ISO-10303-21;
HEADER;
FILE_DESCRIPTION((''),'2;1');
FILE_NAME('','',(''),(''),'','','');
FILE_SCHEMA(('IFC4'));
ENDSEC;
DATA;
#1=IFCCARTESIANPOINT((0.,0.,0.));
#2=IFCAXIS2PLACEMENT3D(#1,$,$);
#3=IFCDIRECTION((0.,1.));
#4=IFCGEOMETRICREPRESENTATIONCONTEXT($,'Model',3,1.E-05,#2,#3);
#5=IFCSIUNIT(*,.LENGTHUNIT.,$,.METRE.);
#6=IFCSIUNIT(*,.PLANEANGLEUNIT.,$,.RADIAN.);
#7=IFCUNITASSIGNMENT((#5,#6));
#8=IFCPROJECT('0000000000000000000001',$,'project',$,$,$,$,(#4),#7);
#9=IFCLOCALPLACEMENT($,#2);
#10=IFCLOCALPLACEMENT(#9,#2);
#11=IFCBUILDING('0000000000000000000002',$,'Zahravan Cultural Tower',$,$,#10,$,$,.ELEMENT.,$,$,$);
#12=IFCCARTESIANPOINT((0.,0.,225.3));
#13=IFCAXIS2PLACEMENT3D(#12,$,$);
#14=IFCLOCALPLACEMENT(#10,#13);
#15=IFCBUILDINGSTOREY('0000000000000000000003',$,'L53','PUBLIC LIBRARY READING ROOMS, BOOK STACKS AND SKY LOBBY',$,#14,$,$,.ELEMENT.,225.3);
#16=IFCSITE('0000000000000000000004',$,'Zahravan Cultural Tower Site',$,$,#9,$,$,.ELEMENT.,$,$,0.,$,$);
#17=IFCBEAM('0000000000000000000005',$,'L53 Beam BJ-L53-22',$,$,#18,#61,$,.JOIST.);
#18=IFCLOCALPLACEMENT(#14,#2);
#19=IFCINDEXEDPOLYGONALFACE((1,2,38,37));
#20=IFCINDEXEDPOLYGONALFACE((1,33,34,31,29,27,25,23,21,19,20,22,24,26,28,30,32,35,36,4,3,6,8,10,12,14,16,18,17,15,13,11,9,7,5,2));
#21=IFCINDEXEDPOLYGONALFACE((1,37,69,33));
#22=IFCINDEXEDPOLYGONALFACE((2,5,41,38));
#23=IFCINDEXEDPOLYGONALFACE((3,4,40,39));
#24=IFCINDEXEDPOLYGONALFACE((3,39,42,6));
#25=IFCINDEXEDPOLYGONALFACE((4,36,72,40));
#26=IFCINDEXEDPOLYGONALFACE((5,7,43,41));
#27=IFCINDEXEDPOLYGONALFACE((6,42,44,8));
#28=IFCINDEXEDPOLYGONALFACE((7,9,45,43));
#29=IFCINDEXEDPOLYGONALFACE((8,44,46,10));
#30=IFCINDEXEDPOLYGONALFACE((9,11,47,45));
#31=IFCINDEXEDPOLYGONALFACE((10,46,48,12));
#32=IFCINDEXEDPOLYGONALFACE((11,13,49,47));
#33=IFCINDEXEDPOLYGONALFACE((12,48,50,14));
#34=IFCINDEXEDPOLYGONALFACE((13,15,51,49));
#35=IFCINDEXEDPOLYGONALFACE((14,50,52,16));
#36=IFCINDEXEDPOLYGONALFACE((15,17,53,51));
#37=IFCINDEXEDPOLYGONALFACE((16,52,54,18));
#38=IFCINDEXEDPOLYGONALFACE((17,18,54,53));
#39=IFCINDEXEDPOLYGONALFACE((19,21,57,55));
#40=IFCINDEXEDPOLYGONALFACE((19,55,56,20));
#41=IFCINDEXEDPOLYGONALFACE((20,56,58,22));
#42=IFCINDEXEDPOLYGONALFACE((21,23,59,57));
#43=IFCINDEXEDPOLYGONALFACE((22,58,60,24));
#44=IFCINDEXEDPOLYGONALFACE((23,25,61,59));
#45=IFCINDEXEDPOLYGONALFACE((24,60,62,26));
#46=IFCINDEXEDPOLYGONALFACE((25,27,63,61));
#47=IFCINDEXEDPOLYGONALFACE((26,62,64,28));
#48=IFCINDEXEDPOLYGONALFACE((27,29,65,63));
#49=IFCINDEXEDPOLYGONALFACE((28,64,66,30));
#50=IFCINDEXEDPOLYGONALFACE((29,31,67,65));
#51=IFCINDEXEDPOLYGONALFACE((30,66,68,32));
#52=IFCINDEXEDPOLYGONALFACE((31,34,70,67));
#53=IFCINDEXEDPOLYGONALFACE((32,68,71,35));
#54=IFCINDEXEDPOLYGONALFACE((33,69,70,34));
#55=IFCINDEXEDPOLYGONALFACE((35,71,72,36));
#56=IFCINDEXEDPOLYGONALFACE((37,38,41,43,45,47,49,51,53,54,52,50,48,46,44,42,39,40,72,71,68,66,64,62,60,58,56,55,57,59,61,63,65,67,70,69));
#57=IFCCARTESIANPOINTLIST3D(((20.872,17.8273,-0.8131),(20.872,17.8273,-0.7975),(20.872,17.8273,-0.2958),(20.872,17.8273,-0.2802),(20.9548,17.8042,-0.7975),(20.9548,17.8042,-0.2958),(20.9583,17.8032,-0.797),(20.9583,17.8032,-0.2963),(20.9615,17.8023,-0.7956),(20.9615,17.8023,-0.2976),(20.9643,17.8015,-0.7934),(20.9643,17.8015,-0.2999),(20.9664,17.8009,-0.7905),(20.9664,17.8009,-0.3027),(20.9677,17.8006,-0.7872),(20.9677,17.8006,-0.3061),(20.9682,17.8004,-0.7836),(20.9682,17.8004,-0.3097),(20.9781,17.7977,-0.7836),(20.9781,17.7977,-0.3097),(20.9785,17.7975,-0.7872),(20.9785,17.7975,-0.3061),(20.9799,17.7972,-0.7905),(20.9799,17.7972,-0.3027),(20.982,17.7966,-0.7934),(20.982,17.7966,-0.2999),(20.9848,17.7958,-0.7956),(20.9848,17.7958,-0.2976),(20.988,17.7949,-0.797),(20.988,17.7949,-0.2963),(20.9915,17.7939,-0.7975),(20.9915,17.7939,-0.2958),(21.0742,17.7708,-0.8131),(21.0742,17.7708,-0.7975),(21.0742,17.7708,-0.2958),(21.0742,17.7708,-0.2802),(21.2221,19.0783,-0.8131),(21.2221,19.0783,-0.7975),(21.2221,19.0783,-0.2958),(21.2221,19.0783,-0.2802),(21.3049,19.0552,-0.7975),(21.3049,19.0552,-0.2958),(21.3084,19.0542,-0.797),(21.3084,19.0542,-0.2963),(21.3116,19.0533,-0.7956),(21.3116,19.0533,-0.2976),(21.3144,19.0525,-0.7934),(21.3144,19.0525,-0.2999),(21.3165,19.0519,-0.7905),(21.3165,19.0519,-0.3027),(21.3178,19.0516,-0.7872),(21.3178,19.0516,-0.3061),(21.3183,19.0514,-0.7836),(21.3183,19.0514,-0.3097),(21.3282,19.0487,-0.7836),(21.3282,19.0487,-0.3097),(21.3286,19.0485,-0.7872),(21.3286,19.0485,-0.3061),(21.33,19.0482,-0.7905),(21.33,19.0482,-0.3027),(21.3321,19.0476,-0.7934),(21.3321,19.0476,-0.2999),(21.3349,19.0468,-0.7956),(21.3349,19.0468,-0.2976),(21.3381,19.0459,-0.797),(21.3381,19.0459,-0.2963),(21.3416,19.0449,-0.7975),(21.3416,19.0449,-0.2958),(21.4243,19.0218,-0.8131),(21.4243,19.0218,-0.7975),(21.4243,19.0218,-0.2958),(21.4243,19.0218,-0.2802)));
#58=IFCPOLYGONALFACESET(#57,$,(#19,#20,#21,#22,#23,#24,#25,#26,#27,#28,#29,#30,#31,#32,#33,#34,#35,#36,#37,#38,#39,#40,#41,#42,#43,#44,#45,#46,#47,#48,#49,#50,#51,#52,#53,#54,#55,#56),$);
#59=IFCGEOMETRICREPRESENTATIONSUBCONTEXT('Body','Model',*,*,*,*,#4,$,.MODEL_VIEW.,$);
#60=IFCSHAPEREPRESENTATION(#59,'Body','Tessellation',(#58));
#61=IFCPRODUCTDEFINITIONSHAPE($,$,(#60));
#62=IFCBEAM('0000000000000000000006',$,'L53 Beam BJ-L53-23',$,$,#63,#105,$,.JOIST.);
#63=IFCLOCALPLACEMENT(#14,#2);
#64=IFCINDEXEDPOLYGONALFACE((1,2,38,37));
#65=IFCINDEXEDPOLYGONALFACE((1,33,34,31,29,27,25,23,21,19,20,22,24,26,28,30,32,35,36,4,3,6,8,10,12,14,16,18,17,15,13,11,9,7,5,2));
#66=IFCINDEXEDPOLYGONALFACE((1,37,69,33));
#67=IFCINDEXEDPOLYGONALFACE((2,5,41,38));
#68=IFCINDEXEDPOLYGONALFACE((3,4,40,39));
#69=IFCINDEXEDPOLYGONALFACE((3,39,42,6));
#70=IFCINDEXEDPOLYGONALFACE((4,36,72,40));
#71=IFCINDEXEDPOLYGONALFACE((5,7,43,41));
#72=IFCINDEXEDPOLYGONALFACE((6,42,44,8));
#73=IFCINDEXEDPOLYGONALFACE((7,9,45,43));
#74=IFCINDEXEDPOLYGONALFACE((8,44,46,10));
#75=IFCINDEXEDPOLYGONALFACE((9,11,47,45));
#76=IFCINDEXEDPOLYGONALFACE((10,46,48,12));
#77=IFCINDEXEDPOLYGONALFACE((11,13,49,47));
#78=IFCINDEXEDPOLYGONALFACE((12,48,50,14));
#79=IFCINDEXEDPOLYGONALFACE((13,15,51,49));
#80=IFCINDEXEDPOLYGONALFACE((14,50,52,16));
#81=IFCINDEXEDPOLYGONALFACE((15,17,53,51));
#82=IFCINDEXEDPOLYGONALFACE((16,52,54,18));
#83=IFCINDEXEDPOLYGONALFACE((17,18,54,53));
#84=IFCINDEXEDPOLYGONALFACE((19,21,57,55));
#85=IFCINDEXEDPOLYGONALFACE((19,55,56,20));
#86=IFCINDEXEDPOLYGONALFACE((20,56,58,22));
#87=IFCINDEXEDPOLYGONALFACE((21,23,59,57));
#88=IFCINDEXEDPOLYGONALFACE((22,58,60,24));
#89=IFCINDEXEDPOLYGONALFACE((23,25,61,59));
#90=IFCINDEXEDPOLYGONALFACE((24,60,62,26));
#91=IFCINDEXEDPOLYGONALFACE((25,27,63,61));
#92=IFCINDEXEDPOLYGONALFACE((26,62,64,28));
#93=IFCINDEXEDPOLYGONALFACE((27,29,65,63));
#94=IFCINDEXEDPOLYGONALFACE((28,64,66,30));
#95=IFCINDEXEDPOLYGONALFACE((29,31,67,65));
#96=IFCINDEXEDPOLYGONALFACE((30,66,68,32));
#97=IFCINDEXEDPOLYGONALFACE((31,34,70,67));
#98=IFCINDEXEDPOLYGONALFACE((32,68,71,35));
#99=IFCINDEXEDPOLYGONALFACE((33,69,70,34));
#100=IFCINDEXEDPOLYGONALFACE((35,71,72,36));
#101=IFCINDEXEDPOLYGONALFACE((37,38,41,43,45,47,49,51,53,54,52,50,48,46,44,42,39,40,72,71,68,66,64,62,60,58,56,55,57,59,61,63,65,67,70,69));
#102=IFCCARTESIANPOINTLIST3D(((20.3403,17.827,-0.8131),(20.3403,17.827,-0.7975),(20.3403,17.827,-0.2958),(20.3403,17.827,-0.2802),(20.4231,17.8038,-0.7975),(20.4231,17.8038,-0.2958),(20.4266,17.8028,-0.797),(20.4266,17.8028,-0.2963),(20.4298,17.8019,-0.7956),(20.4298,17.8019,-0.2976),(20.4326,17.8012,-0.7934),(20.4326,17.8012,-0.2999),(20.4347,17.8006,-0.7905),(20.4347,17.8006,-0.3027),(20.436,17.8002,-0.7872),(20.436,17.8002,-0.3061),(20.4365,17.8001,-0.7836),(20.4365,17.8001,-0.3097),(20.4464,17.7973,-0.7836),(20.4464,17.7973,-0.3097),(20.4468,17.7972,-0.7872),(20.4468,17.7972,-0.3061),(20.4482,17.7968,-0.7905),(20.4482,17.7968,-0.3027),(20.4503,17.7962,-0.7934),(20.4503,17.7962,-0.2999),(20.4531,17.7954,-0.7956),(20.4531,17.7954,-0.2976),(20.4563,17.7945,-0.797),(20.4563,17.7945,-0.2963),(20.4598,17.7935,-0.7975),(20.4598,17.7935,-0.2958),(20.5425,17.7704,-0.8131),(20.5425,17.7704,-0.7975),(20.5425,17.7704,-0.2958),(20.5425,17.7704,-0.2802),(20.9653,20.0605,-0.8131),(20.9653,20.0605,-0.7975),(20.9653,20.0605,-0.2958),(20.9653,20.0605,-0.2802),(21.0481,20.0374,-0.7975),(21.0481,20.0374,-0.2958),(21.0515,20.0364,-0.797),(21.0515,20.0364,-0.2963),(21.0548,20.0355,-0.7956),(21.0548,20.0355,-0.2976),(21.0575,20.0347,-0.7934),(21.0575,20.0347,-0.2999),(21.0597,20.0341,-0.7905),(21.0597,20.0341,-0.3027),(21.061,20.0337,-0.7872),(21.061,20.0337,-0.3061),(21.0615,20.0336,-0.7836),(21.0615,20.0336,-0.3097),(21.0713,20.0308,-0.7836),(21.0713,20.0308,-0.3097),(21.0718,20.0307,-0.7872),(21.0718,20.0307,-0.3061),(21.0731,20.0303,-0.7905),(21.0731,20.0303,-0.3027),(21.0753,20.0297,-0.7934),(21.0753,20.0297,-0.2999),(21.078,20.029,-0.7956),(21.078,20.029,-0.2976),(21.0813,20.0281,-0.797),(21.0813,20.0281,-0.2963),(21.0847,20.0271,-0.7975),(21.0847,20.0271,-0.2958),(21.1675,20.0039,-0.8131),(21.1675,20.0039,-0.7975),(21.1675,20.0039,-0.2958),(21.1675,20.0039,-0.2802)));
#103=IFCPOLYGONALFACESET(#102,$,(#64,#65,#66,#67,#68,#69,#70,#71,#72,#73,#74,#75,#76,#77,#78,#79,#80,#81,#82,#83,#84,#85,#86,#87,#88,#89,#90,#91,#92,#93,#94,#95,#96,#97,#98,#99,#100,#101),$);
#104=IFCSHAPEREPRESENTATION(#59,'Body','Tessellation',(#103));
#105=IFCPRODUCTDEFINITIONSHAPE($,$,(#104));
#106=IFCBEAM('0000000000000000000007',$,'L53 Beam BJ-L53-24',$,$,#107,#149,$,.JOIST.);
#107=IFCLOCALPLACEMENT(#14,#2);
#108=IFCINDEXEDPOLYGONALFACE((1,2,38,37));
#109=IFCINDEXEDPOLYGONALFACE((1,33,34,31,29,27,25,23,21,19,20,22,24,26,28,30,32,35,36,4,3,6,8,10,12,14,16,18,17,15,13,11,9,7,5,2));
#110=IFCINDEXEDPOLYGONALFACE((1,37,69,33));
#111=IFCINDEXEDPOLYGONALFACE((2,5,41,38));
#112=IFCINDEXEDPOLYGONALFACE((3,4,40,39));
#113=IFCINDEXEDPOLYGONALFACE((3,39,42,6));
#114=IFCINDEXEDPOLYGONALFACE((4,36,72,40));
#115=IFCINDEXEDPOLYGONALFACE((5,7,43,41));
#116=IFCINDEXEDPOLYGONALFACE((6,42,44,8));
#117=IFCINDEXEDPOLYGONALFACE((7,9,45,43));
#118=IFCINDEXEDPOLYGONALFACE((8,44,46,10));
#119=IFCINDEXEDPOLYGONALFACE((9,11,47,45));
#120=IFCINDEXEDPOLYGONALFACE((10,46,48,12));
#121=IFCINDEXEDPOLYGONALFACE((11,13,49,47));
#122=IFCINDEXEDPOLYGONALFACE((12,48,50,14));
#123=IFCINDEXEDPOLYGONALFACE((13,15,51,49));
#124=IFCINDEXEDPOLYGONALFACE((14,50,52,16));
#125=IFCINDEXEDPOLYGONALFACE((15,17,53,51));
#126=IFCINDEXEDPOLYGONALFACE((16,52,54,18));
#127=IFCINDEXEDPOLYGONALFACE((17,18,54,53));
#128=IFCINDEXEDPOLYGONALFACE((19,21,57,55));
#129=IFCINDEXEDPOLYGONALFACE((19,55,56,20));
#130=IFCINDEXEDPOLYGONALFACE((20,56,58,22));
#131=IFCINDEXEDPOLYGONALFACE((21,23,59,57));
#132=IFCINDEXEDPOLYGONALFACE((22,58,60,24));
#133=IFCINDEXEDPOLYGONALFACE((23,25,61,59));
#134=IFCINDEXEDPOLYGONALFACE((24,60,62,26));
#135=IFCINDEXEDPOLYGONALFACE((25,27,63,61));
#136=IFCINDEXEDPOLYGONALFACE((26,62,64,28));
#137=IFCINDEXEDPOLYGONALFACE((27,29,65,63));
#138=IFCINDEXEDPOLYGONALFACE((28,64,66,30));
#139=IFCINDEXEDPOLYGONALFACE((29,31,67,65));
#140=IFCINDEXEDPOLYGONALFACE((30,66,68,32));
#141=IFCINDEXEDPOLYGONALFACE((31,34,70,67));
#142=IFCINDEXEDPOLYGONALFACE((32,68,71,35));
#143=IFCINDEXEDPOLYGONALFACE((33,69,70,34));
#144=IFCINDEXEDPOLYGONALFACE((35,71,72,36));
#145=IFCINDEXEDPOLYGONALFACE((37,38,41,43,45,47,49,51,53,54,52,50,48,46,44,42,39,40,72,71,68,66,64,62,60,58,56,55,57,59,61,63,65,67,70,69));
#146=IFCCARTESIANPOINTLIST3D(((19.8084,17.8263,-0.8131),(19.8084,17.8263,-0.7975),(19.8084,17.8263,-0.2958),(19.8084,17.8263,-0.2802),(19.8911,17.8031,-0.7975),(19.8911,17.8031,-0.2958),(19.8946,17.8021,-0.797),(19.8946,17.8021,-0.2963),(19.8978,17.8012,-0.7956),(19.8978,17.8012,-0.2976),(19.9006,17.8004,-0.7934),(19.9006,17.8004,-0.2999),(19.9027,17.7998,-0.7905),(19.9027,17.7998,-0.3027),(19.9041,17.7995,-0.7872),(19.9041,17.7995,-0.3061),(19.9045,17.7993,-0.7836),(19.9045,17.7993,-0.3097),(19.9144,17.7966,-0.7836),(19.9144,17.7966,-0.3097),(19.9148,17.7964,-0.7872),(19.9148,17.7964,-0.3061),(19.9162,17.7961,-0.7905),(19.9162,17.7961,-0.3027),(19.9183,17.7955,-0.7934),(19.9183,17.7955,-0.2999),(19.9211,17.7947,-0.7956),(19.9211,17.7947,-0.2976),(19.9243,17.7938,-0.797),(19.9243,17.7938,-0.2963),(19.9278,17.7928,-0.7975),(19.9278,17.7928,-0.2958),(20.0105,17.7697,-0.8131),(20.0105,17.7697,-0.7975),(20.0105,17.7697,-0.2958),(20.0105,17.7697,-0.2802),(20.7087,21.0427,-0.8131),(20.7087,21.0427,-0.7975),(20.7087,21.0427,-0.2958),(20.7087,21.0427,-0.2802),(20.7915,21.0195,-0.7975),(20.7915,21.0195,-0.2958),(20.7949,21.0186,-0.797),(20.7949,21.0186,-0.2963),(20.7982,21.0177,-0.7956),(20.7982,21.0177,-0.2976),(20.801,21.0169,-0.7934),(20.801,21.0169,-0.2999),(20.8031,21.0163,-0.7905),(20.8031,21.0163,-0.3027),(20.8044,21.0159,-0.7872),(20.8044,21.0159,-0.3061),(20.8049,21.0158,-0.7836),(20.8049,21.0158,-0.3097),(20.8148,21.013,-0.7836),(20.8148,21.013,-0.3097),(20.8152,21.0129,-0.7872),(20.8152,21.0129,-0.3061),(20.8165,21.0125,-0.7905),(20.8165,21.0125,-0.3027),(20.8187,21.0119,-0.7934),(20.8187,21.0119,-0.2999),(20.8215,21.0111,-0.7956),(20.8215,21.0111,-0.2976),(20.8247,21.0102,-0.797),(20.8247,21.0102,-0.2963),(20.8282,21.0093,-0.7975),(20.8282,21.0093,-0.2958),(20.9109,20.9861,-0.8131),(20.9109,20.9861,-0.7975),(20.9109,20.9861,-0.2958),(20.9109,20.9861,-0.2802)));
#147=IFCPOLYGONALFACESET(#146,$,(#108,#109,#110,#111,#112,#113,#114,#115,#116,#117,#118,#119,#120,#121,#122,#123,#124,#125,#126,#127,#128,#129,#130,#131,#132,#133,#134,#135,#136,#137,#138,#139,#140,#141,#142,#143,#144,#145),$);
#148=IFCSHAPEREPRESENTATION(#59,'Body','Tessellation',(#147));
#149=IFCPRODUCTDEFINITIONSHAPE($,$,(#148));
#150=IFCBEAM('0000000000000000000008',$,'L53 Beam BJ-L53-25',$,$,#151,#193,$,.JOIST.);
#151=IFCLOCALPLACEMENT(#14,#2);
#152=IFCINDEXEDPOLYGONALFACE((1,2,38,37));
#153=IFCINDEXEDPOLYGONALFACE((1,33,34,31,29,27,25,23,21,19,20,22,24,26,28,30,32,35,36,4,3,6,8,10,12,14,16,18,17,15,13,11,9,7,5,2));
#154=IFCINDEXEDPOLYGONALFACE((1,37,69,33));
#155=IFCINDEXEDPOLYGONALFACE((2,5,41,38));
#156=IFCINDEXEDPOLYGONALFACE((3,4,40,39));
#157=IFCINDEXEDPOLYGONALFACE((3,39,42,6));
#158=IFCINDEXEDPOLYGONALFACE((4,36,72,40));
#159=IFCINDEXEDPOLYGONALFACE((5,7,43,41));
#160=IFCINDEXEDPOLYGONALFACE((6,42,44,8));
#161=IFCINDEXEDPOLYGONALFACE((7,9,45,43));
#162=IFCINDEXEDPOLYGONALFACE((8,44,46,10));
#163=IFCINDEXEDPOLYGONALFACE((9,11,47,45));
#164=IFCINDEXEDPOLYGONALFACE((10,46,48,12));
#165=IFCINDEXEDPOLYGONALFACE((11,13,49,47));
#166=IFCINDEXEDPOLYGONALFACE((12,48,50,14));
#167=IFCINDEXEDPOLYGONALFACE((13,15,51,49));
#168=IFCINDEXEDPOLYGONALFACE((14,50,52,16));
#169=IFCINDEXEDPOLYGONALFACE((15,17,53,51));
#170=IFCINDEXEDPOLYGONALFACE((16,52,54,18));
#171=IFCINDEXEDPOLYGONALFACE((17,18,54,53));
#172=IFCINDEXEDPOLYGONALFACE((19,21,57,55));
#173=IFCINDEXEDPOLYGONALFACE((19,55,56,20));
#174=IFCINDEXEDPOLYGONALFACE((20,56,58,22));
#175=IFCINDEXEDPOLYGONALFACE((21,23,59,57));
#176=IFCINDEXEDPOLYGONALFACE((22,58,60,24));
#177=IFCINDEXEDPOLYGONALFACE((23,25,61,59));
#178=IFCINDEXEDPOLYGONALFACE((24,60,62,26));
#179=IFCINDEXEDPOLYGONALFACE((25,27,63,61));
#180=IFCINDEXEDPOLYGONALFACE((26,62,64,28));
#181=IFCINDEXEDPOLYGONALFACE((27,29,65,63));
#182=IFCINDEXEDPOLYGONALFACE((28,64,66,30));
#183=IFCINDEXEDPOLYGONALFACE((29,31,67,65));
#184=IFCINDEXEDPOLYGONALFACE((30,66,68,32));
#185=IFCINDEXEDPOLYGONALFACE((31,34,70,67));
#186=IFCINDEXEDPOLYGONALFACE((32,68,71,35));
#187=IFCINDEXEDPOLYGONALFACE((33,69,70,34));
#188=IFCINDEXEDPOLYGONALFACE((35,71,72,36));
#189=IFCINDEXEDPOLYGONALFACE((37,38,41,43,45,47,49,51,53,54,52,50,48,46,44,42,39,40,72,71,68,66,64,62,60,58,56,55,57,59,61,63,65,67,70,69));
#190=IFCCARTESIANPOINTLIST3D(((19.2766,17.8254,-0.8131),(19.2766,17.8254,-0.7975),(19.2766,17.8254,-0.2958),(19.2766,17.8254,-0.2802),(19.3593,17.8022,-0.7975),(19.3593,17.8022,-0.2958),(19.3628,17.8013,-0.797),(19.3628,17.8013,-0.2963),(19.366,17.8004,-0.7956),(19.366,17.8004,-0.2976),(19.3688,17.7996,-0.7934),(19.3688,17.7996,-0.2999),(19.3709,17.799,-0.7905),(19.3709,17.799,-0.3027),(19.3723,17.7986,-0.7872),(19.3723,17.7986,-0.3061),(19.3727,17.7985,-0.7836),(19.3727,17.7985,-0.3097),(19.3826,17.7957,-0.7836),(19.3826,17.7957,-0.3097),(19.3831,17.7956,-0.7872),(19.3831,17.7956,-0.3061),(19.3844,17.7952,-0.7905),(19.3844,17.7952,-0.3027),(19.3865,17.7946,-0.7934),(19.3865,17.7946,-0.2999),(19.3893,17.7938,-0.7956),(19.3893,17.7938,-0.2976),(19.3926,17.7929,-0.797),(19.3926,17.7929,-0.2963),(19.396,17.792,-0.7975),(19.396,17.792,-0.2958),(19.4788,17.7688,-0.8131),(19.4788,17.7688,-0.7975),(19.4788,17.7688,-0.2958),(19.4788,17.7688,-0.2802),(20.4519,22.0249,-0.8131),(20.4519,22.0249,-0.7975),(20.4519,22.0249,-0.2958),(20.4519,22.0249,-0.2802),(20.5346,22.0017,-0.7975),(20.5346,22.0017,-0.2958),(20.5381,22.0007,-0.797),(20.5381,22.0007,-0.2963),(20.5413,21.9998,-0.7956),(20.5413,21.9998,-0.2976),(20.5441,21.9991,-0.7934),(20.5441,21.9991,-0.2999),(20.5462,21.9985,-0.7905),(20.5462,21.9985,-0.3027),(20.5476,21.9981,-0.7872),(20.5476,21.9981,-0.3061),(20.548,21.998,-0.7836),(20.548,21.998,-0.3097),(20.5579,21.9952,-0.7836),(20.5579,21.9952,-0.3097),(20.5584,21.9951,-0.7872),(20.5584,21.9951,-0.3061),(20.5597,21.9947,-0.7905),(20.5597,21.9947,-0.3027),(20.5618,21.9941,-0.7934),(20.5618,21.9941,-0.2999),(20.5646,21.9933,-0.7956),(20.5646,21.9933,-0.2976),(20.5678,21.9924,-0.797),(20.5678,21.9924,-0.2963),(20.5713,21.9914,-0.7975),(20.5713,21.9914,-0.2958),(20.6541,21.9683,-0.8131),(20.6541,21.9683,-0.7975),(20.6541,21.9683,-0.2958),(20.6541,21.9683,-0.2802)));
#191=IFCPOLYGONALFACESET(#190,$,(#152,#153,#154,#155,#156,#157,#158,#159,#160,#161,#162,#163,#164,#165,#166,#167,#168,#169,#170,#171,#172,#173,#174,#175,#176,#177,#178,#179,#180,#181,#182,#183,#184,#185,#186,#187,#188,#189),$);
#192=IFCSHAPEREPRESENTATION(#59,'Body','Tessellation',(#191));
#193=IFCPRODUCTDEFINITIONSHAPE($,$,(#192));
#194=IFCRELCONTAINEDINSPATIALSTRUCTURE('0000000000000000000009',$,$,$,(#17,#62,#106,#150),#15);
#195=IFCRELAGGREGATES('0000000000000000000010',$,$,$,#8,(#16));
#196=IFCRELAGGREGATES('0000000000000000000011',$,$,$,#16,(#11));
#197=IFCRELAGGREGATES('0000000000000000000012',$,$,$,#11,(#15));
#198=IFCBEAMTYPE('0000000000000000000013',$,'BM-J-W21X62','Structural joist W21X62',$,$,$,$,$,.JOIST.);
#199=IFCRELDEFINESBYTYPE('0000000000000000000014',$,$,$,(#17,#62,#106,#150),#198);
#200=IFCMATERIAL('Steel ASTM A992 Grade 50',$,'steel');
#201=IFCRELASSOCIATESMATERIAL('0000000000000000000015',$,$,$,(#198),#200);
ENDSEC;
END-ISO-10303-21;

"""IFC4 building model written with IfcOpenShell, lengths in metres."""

from ifc_helpers import new_model, si_unit, direction, frame, origin, origin_2d, place, context, subcontext, project, spatial, i_section, extrude, source, transform, mapped, material, material_profile, profile_set, type_object, element, save


model = new_model("IFC4")

# Units and contexts
model_context = context("Model", 3, precision=1e-05, world=origin(), true_north=direction((0.0, 1.0)))
body_context = subcontext(model_context, "Body", "Model", "MODEL_VIEW")
ifc_project = project(units=[si_unit("LENGTHUNIT", "METRE"), si_unit("PLANEANGLEUNIT", "RADIAN")], contexts=[model_context])

# Site, building, storey
site_placement = place(None, origin())
site = spatial("IfcSite", under=ifc_project, at=site_placement, Name="Zahravan Cultural Tower Site", CompositionType="ELEMENT", RefElevation=0.0)
building_placement = place(site_placement, origin())
building = spatial("IfcBuilding", under=site, at=building_placement, Name="Zahravan Cultural Tower", CompositionType="ELEMENT")
storey_placement = place(building_placement, frame((0.0, 0.0, 225.3)))
storey = spatial("IfcBuildingStorey", under=building, at=storey_placement, Name="L53", Description="PUBLIC LIBRARY READING ROOMS, BOOK STACKS AND SKY LOBBY", CompositionType="ELEMENT", Elevation=225.3)

# Beams
ifc_material_1 = material(Name="Steel ASTM A992 Grade 50", Category="steel")
ifc_material_profile_1 = material_profile(ifc_material_1, i_section(OverallWidth=0.21, OverallDepth=0.533, WebThickness=0.0103, FlangeThickness=0.0156, FilletRadius=0.0139, at=origin_2d()), Name="W21X62")
ifc_profile_set_1 = profile_set([ifc_material_profile_1], Name="Steel ASTM A992 Grade 50")
beam_type_1 = type_object("IfcBeamType", Name="BM-J-W21X62", Description="Structural joist W21X62", PredefinedType="JOIST", material=ifc_profile_set_1)
shared_shape_1 = source(origin(), body_context, "Body", "SweptSolid", [
    extrude(i_section(OverallWidth=0.21, OverallDepth=0.533, WebThickness=0.0103, FlangeThickness=0.0156, FilletRadius=0.0139, at=origin_2d()), origin(), (0.0, 0.0, 1.0), 1.2991),
])
beam_1_placement = place(storey_placement, frame((21.3232, 19.05, -0.5466), z_axis=(-0.269504, -0.962999, 0.0), x_axis=(0.962999, -0.269504, 0.0)))
element("IfcBeam", 1, at=beam_1_placement, inside=storey, type_object=beam_type_1, Name="L53 Beam BJ-L53-22", PredefinedType="JOIST", context=body_context, shape_type="MappedRepresentation", body=[
    mapped(shared_shape_1, transform((0.0, 0.0, 0.0), x_axis=(1.0, 0.0, 0.0), y_axis=(0.0, 1.0, 0.0), z_axis=(0.0, 0.0, 1.0), scale=1.0)),
])
shared_shape_2 = source(origin(), body_context, "Body", "SweptSolid", [
    extrude(i_section(OverallWidth=0.21, OverallDepth=0.533, WebThickness=0.0103, FlangeThickness=0.0156, FilletRadius=0.0139, at=origin_2d()), origin(), (0.0, 0.0, 1.0), 2.3193),
])
beam_2_placement = place(storey_placement, frame((21.0664, 20.0322, -0.5466), z_axis=(-0.269462, -0.963011, 0.0), x_axis=(0.963011, -0.269462, 0.0)))
element("IfcBeam", 2, at=beam_2_placement, inside=storey, type_object=beam_type_1, Name="L53 Beam BJ-L53-23", PredefinedType="JOIST", context=body_context, shape_type="MappedRepresentation", body=[
    mapped(shared_shape_2, transform((0.0, 0.0, 0.0), x_axis=(1.0, 0.0, 0.0), y_axis=(0.0, 1.0, 0.0), z_axis=(0.0, 0.0, 1.0), scale=1.0)),
])
shared_shape_3 = source(origin(), body_context, "Body", "SweptSolid", [
    extrude(i_section(OverallWidth=0.21, OverallDepth=0.533, WebThickness=0.0103, FlangeThickness=0.0156, FilletRadius=0.0139, at=origin_2d()), origin(), (0.0, 0.0, 1.0), 3.3401),
])
beam_3_placement = place(storey_placement, frame((20.8098, 21.0144, -0.5466), z_axis=(-0.269562, -0.962983, 0.0), x_axis=(0.962983, -0.269562, 0.0)))
element("IfcBeam", 3, at=beam_3_placement, inside=storey, type_object=beam_type_1, Name="L53 Beam BJ-L53-24", PredefinedType="JOIST", context=body_context, shape_type="MappedRepresentation", body=[
    mapped(shared_shape_3, transform((0.0, 0.0, 0.0), x_axis=(1.0, 0.0, 0.0), y_axis=(0.0, 1.0, 0.0), z_axis=(0.0, 0.0, 1.0), scale=1.0)),
])
shared_shape_4 = source(origin(), body_context, "Body", "SweptSolid", [
    extrude(i_section(OverallWidth=0.21, OverallDepth=0.533, WebThickness=0.0103, FlangeThickness=0.0156, FilletRadius=0.0139, at=origin_2d()), origin(), (0.0, 0.0, 1.0), 4.3608),
])
beam_4_placement = place(storey_placement, frame((20.553, 21.9966, -0.5466), z_axis=(-0.269512, -0.962997, 0.0), x_axis=(0.962997, -0.269512, 0.0)))
element("IfcBeam", 4, at=beam_4_placement, inside=storey, type_object=beam_type_1, Name="L53 Beam BJ-L53-25", PredefinedType="JOIST", context=body_context, shape_type="MappedRepresentation", body=[
    mapped(shared_shape_4, transform((0.0, 0.0, 0.0), x_axis=(1.0, 0.0, 0.0), y_axis=(0.0, 1.0, 0.0), z_axis=(0.0, 0.0, 1.0), scale=1.0)),
])

save(model, "model.ifc")
